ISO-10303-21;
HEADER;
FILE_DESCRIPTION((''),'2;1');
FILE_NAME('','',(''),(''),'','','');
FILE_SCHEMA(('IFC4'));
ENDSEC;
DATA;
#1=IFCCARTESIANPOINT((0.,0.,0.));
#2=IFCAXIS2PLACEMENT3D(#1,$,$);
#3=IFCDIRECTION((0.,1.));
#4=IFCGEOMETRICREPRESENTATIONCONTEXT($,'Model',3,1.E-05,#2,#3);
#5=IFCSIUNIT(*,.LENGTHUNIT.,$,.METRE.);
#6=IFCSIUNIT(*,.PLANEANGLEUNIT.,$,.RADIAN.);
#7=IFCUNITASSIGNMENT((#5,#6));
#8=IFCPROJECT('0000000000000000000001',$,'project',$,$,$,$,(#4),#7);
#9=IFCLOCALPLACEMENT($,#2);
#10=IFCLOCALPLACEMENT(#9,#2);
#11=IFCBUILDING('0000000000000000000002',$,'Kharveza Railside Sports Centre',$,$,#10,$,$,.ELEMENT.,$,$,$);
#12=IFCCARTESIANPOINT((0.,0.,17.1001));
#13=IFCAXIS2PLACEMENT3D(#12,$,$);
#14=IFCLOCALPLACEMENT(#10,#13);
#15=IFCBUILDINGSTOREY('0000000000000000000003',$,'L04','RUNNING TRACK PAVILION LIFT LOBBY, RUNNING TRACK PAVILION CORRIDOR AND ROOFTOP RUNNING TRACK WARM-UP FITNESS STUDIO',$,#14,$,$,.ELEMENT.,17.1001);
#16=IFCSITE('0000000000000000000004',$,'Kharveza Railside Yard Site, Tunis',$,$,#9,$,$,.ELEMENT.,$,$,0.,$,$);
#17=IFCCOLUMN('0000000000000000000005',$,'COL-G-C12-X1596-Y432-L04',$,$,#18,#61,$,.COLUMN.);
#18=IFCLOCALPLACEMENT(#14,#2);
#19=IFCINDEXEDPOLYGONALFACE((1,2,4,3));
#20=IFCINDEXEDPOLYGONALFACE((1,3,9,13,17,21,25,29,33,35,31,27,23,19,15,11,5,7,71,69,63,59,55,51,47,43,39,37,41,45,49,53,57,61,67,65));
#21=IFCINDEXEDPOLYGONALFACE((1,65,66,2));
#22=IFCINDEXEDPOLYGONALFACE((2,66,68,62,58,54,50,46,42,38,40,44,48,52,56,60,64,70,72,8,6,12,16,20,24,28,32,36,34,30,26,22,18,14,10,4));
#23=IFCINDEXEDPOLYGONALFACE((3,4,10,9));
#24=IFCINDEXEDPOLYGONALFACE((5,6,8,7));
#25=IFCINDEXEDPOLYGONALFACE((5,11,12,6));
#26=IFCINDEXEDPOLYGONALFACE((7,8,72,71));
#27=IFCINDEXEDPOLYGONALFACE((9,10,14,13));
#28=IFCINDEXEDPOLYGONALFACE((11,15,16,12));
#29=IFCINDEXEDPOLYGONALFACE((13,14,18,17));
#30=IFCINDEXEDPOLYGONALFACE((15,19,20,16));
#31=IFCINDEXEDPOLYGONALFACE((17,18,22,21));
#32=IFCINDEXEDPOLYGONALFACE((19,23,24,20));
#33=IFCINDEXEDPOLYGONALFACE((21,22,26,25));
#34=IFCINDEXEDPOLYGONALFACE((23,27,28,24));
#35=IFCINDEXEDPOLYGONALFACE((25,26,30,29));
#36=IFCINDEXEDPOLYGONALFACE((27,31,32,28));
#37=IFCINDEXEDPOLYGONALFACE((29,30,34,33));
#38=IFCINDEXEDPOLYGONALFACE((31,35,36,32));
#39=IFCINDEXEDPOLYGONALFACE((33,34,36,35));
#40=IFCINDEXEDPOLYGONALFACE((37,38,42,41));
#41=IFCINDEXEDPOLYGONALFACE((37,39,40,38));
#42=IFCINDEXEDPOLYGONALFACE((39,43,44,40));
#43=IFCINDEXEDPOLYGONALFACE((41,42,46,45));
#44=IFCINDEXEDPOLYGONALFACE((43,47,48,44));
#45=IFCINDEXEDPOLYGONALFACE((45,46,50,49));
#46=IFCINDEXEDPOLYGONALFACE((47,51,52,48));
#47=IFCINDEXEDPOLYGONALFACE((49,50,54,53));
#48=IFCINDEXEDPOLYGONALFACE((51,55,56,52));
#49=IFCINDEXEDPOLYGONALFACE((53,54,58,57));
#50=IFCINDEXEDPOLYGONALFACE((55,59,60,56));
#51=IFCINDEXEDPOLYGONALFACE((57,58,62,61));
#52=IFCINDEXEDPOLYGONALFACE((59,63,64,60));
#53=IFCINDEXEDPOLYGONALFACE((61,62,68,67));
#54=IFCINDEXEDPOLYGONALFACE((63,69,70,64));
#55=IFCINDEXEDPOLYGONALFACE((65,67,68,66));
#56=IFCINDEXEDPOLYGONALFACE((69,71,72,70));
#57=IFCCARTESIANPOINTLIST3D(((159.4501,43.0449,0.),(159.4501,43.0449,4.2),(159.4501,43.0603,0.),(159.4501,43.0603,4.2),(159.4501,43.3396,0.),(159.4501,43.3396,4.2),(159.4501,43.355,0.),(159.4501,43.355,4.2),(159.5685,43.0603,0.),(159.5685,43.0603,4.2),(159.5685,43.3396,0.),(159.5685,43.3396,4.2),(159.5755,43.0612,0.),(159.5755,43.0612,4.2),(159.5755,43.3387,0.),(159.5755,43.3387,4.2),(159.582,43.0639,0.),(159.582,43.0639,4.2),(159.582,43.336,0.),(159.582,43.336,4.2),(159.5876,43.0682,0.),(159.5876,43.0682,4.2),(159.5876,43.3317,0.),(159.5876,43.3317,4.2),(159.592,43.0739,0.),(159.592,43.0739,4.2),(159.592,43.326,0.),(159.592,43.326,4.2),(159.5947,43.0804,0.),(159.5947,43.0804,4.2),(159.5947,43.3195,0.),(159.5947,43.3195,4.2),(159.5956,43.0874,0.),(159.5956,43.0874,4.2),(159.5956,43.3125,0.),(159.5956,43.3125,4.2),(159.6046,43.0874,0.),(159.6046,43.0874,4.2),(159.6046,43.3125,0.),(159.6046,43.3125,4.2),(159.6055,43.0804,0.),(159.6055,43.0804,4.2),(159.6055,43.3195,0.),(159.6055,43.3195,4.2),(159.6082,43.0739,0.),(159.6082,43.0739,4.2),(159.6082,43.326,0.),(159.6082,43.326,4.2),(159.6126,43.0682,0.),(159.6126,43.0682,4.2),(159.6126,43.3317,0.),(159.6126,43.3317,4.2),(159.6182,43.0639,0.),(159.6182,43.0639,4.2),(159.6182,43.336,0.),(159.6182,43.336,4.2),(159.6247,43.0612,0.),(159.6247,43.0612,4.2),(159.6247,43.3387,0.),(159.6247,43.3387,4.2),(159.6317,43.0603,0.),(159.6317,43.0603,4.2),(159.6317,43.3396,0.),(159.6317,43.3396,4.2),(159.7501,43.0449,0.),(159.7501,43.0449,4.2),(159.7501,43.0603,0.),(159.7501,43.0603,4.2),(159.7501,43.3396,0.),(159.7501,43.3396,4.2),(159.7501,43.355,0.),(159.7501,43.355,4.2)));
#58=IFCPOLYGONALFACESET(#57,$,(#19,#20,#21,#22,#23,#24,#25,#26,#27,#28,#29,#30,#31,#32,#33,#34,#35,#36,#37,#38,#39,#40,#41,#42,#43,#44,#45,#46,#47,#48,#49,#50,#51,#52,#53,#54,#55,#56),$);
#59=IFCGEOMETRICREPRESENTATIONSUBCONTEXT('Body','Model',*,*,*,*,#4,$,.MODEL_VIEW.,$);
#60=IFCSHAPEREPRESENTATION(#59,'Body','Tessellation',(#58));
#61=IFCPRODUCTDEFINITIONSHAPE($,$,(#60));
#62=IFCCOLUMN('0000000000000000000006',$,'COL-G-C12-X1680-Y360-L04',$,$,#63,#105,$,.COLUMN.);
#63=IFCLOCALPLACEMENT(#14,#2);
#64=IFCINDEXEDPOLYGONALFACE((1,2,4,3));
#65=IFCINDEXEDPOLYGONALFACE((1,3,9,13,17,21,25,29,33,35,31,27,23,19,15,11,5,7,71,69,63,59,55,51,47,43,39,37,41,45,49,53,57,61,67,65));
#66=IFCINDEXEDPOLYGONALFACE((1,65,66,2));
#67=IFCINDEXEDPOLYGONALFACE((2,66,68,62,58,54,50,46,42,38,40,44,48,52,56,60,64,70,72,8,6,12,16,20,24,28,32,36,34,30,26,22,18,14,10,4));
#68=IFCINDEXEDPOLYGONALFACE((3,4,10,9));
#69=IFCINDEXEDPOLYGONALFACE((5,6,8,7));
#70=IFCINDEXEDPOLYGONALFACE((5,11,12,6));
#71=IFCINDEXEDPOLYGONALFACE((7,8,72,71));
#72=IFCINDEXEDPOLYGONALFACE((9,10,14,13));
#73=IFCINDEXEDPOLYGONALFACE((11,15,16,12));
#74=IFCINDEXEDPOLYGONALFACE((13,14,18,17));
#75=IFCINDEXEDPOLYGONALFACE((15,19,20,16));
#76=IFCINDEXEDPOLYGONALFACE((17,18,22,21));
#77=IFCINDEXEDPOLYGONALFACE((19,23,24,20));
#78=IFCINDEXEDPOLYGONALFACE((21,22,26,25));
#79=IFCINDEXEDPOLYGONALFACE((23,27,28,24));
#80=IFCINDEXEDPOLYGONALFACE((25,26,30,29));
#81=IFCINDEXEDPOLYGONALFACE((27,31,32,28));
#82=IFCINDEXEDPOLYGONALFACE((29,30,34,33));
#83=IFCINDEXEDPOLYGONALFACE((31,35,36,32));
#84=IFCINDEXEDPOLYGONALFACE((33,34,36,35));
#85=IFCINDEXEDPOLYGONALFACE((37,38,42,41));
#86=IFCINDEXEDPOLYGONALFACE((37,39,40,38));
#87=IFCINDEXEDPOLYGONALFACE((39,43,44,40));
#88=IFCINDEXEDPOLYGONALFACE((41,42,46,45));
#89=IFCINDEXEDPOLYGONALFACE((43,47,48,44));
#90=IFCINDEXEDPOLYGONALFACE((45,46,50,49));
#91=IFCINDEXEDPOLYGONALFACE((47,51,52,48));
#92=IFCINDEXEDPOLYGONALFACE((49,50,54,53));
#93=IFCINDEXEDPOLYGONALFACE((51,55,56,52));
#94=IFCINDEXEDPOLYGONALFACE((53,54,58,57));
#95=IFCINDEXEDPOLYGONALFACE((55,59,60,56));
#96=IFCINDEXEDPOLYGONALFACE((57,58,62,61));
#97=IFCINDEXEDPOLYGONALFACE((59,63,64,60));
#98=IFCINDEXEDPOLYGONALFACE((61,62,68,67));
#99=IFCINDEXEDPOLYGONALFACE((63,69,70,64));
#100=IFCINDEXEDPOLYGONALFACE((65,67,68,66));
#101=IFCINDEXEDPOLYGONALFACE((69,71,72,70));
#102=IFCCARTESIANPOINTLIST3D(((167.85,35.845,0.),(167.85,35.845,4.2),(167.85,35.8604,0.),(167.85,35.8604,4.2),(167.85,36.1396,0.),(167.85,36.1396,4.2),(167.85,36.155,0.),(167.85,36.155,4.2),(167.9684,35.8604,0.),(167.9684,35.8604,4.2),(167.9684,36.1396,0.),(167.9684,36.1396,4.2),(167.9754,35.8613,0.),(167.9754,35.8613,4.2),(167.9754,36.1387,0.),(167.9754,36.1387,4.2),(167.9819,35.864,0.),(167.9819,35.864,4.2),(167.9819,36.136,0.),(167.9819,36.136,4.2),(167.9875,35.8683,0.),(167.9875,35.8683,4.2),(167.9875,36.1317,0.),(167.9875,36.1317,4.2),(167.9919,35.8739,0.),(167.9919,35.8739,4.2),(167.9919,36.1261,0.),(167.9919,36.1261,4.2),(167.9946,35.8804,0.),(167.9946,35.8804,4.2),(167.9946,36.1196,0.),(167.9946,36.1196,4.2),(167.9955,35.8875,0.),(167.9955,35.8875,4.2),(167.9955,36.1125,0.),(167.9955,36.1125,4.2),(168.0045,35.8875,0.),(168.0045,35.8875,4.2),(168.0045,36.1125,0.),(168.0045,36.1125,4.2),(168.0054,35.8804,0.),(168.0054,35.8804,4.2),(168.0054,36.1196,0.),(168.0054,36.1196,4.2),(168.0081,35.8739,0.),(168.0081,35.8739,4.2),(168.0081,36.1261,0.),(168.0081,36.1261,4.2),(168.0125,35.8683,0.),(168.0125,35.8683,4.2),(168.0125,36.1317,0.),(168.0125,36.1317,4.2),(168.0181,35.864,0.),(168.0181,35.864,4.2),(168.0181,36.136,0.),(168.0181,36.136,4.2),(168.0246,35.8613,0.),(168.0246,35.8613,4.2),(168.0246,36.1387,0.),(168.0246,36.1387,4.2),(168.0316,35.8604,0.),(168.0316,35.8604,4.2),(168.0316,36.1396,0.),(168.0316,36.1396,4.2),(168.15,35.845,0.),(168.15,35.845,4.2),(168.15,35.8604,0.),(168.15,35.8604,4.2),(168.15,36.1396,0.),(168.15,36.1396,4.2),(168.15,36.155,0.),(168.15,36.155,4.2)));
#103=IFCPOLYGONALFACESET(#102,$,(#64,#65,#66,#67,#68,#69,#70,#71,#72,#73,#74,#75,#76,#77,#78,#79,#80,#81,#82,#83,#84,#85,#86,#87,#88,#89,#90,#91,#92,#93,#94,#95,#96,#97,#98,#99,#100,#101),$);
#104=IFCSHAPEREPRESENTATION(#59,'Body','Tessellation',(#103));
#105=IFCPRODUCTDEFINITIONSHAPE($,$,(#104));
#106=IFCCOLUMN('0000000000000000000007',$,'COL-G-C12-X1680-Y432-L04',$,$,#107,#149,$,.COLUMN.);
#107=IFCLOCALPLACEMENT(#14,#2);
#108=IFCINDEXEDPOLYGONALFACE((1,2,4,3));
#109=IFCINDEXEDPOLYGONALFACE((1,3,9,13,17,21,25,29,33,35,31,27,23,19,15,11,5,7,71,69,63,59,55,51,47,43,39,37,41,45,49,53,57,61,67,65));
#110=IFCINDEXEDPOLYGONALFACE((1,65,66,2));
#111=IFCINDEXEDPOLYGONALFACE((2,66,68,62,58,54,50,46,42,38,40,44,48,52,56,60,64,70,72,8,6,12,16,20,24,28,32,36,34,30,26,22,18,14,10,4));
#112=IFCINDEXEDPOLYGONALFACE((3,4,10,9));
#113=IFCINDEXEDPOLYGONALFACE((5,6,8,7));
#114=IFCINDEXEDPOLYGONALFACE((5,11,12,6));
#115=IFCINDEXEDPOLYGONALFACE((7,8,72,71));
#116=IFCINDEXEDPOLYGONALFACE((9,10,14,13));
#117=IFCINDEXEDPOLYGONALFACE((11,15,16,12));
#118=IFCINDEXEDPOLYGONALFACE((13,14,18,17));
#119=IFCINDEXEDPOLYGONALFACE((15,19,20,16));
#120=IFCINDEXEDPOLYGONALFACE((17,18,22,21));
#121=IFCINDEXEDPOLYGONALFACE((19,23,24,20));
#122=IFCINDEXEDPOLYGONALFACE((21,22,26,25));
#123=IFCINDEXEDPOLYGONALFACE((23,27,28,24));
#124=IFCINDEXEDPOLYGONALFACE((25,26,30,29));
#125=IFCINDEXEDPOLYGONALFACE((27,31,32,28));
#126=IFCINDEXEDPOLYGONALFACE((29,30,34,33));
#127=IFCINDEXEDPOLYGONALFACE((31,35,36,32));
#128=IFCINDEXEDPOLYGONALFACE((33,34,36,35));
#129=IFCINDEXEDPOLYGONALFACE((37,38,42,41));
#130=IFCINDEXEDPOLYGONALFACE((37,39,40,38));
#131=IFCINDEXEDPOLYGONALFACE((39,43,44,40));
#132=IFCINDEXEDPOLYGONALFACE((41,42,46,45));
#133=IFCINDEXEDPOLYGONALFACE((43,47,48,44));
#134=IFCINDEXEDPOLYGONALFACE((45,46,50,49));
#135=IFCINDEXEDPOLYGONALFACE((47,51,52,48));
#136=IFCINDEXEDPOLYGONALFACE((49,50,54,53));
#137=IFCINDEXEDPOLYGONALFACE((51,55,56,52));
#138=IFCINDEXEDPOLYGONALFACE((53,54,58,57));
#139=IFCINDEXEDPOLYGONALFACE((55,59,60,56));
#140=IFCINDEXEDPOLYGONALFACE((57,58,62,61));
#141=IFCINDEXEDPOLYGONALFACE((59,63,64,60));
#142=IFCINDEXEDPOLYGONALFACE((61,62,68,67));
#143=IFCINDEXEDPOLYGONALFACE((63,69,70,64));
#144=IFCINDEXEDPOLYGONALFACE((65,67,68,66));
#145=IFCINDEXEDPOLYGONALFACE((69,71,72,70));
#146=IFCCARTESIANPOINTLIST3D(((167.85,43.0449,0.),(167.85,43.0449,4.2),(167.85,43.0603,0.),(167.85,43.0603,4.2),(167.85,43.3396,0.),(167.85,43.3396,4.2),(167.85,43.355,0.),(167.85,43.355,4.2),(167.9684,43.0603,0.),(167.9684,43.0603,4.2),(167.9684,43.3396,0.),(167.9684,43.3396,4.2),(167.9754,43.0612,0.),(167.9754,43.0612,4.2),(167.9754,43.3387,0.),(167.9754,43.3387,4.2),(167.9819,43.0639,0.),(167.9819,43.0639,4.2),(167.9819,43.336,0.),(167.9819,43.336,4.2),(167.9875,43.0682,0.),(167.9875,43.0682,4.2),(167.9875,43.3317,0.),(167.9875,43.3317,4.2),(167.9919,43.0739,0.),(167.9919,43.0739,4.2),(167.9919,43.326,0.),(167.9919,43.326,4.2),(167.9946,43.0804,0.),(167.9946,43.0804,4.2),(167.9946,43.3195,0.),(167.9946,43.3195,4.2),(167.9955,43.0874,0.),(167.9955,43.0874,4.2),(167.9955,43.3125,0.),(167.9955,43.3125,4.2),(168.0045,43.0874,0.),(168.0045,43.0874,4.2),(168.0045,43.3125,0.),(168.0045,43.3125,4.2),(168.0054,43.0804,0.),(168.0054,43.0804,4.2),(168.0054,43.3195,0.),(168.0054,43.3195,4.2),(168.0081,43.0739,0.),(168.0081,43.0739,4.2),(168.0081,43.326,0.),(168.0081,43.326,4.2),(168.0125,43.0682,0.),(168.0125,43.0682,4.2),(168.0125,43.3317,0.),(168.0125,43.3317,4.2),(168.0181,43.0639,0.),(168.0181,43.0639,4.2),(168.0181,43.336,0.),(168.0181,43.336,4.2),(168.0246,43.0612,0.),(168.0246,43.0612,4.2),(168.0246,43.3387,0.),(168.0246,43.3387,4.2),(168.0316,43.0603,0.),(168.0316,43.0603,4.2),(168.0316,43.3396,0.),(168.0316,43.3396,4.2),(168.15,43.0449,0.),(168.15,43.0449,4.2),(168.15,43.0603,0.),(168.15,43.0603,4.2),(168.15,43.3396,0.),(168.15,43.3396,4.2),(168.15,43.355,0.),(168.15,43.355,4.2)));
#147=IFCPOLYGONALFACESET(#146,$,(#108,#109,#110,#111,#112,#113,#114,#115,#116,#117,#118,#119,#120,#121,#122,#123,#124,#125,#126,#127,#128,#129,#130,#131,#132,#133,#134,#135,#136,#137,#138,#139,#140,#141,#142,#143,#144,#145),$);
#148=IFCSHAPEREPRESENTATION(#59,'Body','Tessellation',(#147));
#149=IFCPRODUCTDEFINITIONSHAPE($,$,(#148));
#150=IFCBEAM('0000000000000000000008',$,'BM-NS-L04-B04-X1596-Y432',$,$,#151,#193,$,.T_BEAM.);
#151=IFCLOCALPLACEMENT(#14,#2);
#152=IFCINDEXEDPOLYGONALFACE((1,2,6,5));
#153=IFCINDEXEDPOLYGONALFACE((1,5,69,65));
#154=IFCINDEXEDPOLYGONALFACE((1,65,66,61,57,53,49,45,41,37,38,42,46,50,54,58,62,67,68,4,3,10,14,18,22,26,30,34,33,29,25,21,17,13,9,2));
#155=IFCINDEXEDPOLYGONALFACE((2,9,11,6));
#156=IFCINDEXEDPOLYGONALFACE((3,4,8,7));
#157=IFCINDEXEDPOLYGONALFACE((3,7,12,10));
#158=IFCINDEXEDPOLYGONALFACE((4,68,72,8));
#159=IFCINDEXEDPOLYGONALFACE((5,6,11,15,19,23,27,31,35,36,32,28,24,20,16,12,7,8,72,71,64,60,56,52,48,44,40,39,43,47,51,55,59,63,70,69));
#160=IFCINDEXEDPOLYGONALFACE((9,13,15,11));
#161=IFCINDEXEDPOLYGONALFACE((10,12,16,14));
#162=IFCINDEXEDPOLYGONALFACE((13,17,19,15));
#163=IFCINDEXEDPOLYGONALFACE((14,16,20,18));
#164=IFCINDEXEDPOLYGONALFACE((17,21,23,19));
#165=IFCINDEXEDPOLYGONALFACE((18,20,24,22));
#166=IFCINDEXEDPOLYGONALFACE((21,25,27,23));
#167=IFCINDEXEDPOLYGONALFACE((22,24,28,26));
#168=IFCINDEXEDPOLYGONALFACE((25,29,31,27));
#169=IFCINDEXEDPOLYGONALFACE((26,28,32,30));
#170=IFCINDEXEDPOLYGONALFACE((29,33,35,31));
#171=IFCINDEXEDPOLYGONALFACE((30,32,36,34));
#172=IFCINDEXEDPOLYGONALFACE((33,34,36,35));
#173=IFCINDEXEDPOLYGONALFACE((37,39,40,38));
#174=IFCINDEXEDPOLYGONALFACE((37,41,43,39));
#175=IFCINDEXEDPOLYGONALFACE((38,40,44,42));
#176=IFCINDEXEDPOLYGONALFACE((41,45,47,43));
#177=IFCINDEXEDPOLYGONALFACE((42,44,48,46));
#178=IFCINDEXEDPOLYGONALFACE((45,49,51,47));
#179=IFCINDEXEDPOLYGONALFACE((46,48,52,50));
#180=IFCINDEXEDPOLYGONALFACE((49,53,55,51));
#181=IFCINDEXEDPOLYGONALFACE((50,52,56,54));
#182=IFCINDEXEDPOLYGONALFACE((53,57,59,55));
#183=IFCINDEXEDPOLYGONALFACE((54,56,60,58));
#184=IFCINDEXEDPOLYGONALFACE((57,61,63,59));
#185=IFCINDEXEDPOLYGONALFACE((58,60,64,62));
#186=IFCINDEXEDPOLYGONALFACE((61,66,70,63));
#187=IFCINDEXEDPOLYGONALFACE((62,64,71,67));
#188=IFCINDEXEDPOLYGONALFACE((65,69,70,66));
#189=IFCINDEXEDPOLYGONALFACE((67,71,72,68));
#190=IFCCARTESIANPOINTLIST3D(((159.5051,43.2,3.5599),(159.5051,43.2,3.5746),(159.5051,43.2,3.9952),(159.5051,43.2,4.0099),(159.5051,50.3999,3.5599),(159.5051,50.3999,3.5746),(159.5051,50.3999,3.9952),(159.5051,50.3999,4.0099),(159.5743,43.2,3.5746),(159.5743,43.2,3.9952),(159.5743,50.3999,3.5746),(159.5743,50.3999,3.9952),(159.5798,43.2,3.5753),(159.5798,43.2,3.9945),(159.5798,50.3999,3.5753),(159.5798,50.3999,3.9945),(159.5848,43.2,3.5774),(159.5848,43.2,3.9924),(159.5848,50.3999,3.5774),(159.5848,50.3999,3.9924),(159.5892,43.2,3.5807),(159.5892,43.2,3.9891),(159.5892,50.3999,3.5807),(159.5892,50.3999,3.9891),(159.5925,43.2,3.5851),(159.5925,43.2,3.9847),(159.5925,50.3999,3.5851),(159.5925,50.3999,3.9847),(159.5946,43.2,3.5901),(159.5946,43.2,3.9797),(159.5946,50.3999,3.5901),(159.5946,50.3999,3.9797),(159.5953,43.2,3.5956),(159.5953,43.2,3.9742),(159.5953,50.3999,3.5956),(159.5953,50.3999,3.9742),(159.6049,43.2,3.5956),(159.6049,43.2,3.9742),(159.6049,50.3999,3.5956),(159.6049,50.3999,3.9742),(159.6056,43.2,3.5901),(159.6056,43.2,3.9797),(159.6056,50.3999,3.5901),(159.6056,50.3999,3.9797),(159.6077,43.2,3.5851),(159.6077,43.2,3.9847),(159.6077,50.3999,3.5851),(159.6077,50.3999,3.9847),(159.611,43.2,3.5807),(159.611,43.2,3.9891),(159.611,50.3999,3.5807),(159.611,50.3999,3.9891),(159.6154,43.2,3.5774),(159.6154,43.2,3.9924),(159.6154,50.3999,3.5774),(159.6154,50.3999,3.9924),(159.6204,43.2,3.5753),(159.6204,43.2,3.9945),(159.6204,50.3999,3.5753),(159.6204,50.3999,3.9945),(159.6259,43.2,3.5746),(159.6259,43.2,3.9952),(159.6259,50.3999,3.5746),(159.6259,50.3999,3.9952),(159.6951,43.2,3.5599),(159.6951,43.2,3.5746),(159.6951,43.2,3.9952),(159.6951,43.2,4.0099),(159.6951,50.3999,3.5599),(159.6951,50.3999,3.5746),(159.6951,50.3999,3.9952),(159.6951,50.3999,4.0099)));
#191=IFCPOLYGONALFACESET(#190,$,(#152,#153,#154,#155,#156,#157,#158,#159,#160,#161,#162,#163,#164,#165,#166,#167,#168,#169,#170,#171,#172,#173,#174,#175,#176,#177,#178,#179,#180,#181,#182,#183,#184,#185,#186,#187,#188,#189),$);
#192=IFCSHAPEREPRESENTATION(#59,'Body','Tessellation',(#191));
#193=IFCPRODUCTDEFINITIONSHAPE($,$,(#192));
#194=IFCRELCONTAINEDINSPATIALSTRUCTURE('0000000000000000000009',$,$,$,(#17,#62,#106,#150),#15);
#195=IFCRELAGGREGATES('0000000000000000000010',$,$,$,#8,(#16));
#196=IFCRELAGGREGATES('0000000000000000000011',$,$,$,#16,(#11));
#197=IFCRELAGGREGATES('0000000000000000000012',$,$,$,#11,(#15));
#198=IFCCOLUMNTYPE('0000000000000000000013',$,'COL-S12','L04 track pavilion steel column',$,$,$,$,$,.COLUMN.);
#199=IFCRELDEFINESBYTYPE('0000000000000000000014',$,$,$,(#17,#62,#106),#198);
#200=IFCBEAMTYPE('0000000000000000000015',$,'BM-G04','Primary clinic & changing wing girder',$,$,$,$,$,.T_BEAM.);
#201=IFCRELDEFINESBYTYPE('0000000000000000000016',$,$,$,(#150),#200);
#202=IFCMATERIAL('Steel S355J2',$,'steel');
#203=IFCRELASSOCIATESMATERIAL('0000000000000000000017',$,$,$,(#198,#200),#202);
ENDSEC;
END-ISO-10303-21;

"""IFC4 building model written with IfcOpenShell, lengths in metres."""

from ifc_helpers import new_model, si_unit, direction, frame, origin, origin_2d, place, context, subcontext, project, spatial, i_section, extrude, material, material_profile, profile_set, type_object, element, save


model = new_model("IFC4")

# Units and contexts
model_context = context("Model", 3, precision=1e-05, world=origin(), true_north=direction((0.0, 1.0)))
body_context = subcontext(model_context, "Body", "Model", "MODEL_VIEW")
ifc_project = project(units=[si_unit("LENGTHUNIT", "METRE"), si_unit("PLANEANGLEUNIT", "RADIAN")], contexts=[model_context])

# Site, building, storey
site_placement = place(None, origin())
site = spatial("IfcSite", under=ifc_project, at=site_placement, Name="Kharveza Railside Yard Site, Tunis", CompositionType="ELEMENT", RefElevation=0.0)
building_placement = place(site_placement, origin())
building = spatial("IfcBuilding", under=site, at=building_placement, Name="Kharveza Railside Sports Centre", CompositionType="ELEMENT")
storey_placement = place(building_placement, frame((0.0, 0.0, 17.1001)))
storey = spatial("IfcBuildingStorey", under=building, at=storey_placement, Name="L04", Description="RUNNING TRACK PAVILION LIFT LOBBY, RUNNING TRACK PAVILION CORRIDOR AND ROOFTOP RUNNING TRACK WARM-UP FITNESS STUDIO", CompositionType="ELEMENT", Elevation=17.1001)

# Columns
ifc_material_1 = material(Name="Steel S355J2", Category="steel")
ifc_material_profile_1 = material_profile(ifc_material_1, i_section(OverallWidth=0.3, OverallDepth=0.3101, WebThickness=0.009, FlangeThickness=0.0154, FilletRadius=0.0271, at=origin_2d()), Name="HEA 320")
ifc_profile_set_1 = profile_set([ifc_material_profile_1], Name="Steel S355J2")
column_type = type_object("IfcColumnType", Name="COL-S12", Description="L04 track pavilion steel column", PredefinedType="COLUMN", material=ifc_profile_set_1)
for number, where, z_axis, x_axis, name in (
    (1, (159.6001, 43.2, 0.0), (0.0, 0.0, 1.0), (1.0, 0.0, 0.0), "COL-G-C12-X1596-Y432-L04"),
    (2, (168.0, 36.0, 0.0), (0.0, 0.0, 1.0), (1.0, 0.0, 0.0), "COL-G-C12-X1680-Y360-L04"),
    (3, (168.0, 43.2, 0.0), (0.0, 0.0, 1.0), (1.0, 0.0, 0.0), "COL-G-C12-X1680-Y432-L04"),
):
    element("IfcColumn", number, at=place(storey_placement, frame(where, z_axis=z_axis, x_axis=x_axis)), inside=storey, type_object=column_type, Name=name, PredefinedType="COLUMN", context=body_context, shape_type="SweptSolid", body=[
        extrude(i_section(OverallWidth=0.3, OverallDepth=0.3101, WebThickness=0.009, FlangeThickness=0.0154, FilletRadius=0.0271, at=origin_2d()), origin(), (0.0, 0.0, 1.0), 4.2),
    ])

# Beam
ifc_material_profile_2 = material_profile(ifc_material_1, i_section(OverallWidth=0.1899, OverallDepth=0.45, WebThickness=0.0095, FlangeThickness=0.0146, FilletRadius=0.021, at=origin_2d()), Name="IPE 450")
ifc_profile_set_2 = profile_set([ifc_material_profile_2], Name="Steel S355J2")
beam_type_1 = type_object("IfcBeamType", Name="BM-G04", Description="Primary clinic & changing wing girder", PredefinedType="T_BEAM", material=ifc_profile_set_2)
beam_1_placement = place(storey_placement, frame((159.6001, 43.2, 3.7849), z_axis=(0.0, 1.0, 0.0), x_axis=(-1.0, 0.0, 0.0)))
element("IfcBeam", 4, at=beam_1_placement, inside=storey, type_object=beam_type_1, Name="BM-NS-L04-B04-X1596-Y432", PredefinedType="T_BEAM", context=body_context, shape_type="SweptSolid", body=[
    extrude(i_section(OverallWidth=0.1899, OverallDepth=0.45, WebThickness=0.0095, FlangeThickness=0.0146, FilletRadius=0.021, at=origin_2d()), origin(), (0.0, 0.0, 1.0), 7.2),
])

save(model, "model.ifc")
